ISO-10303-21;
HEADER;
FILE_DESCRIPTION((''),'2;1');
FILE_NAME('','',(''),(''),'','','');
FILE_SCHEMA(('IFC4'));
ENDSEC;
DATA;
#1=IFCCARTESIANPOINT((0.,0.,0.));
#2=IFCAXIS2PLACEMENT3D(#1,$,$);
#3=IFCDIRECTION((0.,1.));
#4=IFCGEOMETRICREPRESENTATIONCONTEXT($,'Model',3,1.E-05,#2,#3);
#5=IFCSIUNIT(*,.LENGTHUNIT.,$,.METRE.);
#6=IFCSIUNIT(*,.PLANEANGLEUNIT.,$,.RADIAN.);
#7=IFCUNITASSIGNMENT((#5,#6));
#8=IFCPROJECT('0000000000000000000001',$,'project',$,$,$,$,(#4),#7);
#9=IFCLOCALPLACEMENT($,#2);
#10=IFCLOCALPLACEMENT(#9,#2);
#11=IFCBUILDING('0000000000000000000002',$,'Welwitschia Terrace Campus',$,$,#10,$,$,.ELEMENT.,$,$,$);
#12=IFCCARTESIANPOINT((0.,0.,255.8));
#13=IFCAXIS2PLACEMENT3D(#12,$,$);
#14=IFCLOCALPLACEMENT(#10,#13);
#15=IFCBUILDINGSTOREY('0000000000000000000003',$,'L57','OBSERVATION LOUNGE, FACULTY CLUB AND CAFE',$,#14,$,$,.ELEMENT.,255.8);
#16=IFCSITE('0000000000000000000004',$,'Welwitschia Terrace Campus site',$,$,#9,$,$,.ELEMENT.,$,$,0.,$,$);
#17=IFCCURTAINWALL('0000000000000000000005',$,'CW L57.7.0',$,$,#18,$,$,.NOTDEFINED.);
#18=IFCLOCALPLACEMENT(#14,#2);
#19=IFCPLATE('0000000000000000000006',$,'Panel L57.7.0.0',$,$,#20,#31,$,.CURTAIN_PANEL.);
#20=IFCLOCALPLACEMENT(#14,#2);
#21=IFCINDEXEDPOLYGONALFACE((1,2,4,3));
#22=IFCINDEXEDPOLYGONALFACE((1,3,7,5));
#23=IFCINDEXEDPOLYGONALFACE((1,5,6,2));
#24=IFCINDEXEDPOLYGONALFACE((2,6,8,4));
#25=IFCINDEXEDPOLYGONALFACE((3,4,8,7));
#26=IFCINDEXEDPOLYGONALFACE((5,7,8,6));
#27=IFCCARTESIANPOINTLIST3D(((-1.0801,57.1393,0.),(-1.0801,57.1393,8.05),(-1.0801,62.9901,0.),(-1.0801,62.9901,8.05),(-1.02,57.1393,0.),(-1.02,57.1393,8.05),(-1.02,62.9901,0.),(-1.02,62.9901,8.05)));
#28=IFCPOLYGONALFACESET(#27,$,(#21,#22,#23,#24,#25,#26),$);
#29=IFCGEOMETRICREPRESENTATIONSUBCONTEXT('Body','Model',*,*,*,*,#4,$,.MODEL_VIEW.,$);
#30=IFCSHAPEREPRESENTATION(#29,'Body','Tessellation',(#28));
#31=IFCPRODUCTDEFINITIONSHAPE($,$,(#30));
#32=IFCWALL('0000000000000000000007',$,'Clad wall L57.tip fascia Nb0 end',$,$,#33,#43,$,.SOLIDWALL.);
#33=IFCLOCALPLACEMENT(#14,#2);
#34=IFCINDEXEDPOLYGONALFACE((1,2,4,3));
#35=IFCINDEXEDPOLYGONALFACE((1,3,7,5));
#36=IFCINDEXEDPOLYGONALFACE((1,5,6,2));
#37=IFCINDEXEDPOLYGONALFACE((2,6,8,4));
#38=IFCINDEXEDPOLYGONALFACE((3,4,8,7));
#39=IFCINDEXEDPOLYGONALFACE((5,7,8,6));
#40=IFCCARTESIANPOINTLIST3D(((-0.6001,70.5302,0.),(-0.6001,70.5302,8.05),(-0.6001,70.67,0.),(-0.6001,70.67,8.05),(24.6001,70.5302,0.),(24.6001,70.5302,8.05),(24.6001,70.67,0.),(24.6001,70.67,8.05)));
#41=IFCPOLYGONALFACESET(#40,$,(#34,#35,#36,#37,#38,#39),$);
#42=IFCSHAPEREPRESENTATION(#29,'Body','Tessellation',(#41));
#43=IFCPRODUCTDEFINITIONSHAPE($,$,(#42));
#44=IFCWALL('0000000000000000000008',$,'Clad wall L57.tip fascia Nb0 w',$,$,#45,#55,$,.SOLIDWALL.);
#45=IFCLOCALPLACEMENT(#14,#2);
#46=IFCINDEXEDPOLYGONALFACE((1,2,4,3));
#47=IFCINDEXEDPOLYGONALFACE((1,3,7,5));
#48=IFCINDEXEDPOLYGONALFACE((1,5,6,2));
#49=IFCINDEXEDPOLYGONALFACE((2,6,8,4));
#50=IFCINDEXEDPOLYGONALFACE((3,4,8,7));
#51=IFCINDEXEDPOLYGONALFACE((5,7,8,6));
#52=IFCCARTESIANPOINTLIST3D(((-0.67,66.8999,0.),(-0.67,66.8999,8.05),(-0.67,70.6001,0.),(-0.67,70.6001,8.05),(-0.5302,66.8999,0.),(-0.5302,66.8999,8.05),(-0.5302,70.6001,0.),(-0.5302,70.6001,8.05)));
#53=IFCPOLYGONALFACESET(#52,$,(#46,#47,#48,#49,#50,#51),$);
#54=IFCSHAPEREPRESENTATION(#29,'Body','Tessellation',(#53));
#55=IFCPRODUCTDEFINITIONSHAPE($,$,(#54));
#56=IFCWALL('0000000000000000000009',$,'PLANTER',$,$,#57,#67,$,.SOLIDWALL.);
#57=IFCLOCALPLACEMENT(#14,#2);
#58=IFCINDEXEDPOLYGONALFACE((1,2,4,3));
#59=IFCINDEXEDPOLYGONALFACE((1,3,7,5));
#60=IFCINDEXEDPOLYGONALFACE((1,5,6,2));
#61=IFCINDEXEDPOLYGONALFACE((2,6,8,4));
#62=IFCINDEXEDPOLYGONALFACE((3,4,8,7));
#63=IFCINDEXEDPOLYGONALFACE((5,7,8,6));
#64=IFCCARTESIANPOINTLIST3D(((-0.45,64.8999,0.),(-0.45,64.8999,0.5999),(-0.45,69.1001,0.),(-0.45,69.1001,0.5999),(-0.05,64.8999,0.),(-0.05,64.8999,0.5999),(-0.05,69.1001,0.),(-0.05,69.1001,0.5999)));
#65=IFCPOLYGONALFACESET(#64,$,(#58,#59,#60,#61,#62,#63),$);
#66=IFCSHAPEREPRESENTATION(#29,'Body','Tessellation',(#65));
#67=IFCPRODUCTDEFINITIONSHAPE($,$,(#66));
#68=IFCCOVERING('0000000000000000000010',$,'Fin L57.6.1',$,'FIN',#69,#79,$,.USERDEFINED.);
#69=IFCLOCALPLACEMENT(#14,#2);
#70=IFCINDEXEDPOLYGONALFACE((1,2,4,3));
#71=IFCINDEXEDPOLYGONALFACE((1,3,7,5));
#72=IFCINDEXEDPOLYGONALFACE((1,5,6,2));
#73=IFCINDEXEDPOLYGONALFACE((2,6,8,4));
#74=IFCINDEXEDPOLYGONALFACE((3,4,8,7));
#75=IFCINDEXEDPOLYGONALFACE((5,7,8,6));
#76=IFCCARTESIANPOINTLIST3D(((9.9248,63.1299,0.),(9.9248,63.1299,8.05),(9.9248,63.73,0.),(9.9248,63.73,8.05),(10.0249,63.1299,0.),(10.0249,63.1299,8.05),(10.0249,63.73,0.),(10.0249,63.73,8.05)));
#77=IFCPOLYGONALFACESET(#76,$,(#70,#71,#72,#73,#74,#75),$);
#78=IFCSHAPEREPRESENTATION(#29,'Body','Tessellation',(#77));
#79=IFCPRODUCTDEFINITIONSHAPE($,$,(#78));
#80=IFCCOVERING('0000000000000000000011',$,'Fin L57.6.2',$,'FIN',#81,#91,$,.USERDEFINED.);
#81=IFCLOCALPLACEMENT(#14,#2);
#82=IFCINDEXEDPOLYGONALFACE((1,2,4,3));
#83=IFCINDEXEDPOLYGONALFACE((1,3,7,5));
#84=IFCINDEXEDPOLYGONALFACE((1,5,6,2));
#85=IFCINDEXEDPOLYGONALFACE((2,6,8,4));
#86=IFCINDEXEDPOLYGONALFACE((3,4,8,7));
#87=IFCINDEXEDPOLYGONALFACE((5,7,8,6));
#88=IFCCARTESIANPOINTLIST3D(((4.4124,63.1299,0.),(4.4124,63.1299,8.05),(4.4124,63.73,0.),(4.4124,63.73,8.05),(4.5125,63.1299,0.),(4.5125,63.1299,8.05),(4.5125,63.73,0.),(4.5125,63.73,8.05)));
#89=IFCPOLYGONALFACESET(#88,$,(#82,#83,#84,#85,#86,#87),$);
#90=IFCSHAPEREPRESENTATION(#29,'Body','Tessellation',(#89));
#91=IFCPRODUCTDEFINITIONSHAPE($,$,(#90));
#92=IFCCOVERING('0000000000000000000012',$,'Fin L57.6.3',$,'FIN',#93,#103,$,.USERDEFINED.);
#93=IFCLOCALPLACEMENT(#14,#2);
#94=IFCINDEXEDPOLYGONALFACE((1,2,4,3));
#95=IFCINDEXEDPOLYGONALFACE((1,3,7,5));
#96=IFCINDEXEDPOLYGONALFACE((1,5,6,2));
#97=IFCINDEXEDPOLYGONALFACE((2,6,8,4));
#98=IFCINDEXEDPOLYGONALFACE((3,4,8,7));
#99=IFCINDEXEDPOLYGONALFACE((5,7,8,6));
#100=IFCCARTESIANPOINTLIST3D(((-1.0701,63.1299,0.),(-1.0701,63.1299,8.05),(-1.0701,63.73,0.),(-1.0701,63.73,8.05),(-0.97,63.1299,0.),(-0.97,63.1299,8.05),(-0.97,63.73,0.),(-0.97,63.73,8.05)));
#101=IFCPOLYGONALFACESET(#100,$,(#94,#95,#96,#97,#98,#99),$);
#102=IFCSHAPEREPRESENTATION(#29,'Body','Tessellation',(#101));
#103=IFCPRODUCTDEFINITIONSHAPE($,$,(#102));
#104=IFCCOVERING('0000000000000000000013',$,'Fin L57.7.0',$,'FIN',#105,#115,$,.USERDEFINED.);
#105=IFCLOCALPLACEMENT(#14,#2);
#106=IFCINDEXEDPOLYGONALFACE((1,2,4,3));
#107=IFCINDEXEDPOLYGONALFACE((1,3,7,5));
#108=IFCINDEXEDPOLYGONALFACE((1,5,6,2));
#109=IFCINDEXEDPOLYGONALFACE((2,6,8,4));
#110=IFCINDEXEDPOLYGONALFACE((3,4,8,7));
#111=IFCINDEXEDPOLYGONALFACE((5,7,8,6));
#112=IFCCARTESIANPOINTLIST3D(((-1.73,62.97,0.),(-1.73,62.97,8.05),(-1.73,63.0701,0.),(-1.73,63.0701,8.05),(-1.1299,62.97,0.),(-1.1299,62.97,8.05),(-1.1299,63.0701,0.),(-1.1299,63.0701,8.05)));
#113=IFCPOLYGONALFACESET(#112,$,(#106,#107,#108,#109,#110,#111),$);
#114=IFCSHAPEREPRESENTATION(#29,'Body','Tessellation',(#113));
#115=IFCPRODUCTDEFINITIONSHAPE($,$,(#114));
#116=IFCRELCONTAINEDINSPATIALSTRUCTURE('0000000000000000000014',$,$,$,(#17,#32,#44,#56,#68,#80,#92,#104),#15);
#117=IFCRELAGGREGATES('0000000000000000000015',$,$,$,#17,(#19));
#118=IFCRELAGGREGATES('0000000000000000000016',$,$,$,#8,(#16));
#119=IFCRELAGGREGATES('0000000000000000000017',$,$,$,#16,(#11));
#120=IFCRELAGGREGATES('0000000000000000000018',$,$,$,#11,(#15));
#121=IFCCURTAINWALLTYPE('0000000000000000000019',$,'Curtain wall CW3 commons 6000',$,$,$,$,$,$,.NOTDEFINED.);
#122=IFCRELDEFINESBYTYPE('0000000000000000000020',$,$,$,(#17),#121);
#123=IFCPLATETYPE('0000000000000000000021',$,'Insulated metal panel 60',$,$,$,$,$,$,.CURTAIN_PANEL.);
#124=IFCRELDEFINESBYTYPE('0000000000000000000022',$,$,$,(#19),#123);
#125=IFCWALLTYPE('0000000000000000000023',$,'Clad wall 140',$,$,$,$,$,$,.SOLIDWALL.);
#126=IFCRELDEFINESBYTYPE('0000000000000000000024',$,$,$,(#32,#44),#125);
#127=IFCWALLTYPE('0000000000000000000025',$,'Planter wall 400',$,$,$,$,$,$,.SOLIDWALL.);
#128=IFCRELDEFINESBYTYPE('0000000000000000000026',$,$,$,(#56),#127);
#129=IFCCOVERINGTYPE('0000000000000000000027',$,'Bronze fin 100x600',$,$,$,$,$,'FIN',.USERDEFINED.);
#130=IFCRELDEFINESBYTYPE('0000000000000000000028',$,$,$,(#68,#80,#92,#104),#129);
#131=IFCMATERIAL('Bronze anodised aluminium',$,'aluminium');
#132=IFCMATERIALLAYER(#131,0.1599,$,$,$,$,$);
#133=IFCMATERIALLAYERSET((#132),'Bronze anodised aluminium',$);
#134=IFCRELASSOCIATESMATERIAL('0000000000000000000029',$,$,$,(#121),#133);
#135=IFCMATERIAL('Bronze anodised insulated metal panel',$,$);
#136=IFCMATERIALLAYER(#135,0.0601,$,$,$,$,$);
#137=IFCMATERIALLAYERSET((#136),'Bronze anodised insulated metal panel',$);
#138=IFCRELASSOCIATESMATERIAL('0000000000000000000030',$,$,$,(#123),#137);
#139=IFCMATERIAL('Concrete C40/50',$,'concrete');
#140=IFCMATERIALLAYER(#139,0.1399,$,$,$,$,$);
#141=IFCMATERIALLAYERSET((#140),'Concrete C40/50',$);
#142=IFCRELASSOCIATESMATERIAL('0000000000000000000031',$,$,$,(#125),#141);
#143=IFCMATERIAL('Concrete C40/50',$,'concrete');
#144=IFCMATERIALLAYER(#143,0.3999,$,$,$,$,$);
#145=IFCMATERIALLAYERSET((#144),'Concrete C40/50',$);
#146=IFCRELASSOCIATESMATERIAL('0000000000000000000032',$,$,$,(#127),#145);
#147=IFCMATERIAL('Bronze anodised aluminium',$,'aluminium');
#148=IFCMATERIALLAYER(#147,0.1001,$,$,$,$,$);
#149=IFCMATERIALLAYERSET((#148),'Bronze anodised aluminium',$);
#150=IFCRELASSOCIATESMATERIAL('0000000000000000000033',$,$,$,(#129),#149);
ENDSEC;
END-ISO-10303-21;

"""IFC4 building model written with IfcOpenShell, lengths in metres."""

from ifc_helpers import new_model, si_unit, direction, frame, frame_2d, origin, origin_2d, place, context, subcontext, project, spatial, rectangle, extrude, material, layer, layer_set, type_object, element, aggregate, save


model = new_model("IFC4")

# Units and contexts
model_context = context("Model", 3, precision=1e-05, world=origin(), true_north=direction((0.0, 1.0)))
body_context = subcontext(model_context, "Body", "Model", "MODEL_VIEW")
ifc_project = project(units=[si_unit("LENGTHUNIT", "METRE"), si_unit("PLANEANGLEUNIT", "RADIAN")], contexts=[model_context])

# Site, building, storey
site_placement = place(None, origin())
site = spatial("IfcSite", under=ifc_project, at=site_placement, Name="Welwitschia Terrace Campus site", CompositionType="ELEMENT", RefElevation=0.0)
building_placement = place(site_placement, origin())
building = spatial("IfcBuilding", under=site, at=building_placement, Name="Welwitschia Terrace Campus", CompositionType="ELEMENT")
storey_placement = place(building_placement, frame((0.0, 0.0, 255.8)))
storey = spatial("IfcBuildingStorey", under=building, at=storey_placement, Name="L57", Description="OBSERVATION LOUNGE, FACULTY CLUB AND CAFE", CompositionType="ELEMENT", Elevation=255.8)

# Shared definitions
ifc_material_1 = material(Name="Bronze anodised aluminium", Category="aluminium")
ifc_layer_1 = layer(ifc_material_1, 0.1599)
ifc_layer_set_1 = layer_set([ifc_layer_1], Name="Bronze anodised aluminium")
curtain_wall_type = type_object("IfcCurtainWallType", Name="Curtain wall CW3 commons 6000", PredefinedType="NOTDEFINED", material=ifc_layer_set_1)

# Curtain wall
curtain_wall_1_placement = place(storey_placement, origin())
curtain_wall_1 = element("IfcCurtainWall", 1, at=curtain_wall_1_placement, inside=storey, type_object=curtain_wall_type, Name="CW L57.7.0", PredefinedType="NOTDEFINED")

# Plate
ifc_material_2 = material(Name="Bronze anodised insulated metal panel")
ifc_layer_2 = layer(ifc_material_2, 0.0601)
ifc_layer_set_2 = layer_set([ifc_layer_2], Name="Bronze anodised insulated metal panel")
plate_type_1 = type_object("IfcPlateType", Name="Insulated metal panel 60", PredefinedType="CURTAIN_PANEL", material=ifc_layer_set_2)
plate_1_placement = place(storey_placement, frame((-1.05, 60.0647, 0.0), z_axis=(0.0, 0.0, 1.0), x_axis=(0.0, -1.0, 0.0)))
plate_1 = element("IfcPlate", 2, at=plate_1_placement, type_object=plate_type_1, Name="Panel L57.7.0.0", PredefinedType="CURTAIN_PANEL", context=body_context, shape_type="SweptSolid", body=[
    extrude(rectangle(XDim=5.8508, YDim=0.0601, at=origin_2d()), origin(), (0.0, 0.0, 1.0), 8.05),
])
aggregate(curtain_wall_1, [plate_1])

# Walls
ifc_material_3 = material(Name="Concrete C40/50", Category="concrete")
ifc_layer_3 = layer(ifc_material_3, 0.1399)
ifc_layer_set_3 = layer_set([ifc_layer_3], Name="Concrete C40/50")
wall_type_1 = type_object("IfcWallType", Name="Clad wall 140", PredefinedType="SOLIDWALL", material=ifc_layer_set_3)
wall_1_placement = place(storey_placement, frame((-0.6001, 70.6001, 0.0), z_axis=(0.0, 0.0, 1.0), x_axis=(1.0, 0.0, 0.0)))
element("IfcWall", 3, at=wall_1_placement, inside=storey, type_object=wall_type_1, Name="Clad wall L57.tip fascia Nb0 end", PredefinedType="SOLIDWALL", context=body_context, shape_type="SweptSolid", body=[
    extrude(rectangle(XDim=25.2002, YDim=0.1399, at=frame_2d((12.6001, 0.0))), origin(), (0.0, 0.0, 1.0), 8.05),
])
wall_2_placement = place(storey_placement, frame((-0.6001, 66.8999, 0.0), z_axis=(0.0, 0.0, 1.0), x_axis=(0.0, 1.0, 0.0)))
element("IfcWall", 4, at=wall_2_placement, inside=storey, type_object=wall_type_1, Name="Clad wall L57.tip fascia Nb0 w", PredefinedType="SOLIDWALL", context=body_context, shape_type="SweptSolid", body=[
    extrude(rectangle(XDim=3.7002, YDim=0.1399, at=frame_2d((1.8501, 0.0))), origin(), (0.0, 0.0, 1.0), 8.05),
])
ifc_material_4 = material(Name="Concrete C40/50", Category="concrete")
ifc_layer_4 = layer(ifc_material_4, 0.3999)
ifc_layer_set_4 = layer_set([ifc_layer_4], Name="Concrete C40/50")
wall_type_2 = type_object("IfcWallType", Name="Planter wall 400", PredefinedType="SOLIDWALL", material=ifc_layer_set_4)
wall_3_placement = place(storey_placement, frame((-0.25, 64.8999, 0.0), z_axis=(0.0, 0.0, 1.0), x_axis=(0.0, 1.0, 0.0)))
element("IfcWall", 5, at=wall_3_placement, inside=storey, type_object=wall_type_2, Name="PLANTER", PredefinedType="SOLIDWALL", context=body_context, shape_type="SweptSolid", body=[
    extrude(rectangle(XDim=4.2002, YDim=0.3999, at=frame_2d((2.1001, 0.0))), origin(), (0.0, 0.0, 1.0), 0.5999),
])

# Coverings
ifc_material_5 = material(Name="Bronze anodised aluminium", Category="aluminium")
ifc_layer_5 = layer(ifc_material_5, 0.1001)
ifc_layer_set_5 = layer_set([ifc_layer_5], Name="Bronze anodised aluminium")
covering_type = type_object("IfcCoveringType", Name="Bronze fin 100x600", ElementType="FIN", PredefinedType="USERDEFINED", material=ifc_layer_set_5)
for number, where, z_axis, x_axis, name in (
    (6, (9.9749, 63.4299, 0.0), (0.0, 0.0, 1.0), (-1.0, 0.0, 0.0), "Fin L57.6.1"),
    (7, (4.4624, 63.4299, 0.0), (0.0, 0.0, 1.0), (-1.0, 0.0, 0.0), "Fin L57.6.2"),
    (8, (-1.02, 63.4299, 0.0), (0.0, 0.0, 1.0), (-1.0, 0.0, 0.0), "Fin L57.6.3"),
    (9, (-1.4299, 63.02, 0.0), (0.0, 0.0, 1.0), (0.0, -1.0, 0.0), "Fin L57.7.0"),
):
    element("IfcCovering", number, at=place(storey_placement, frame(where, z_axis=z_axis, x_axis=x_axis)), inside=storey, type_object=covering_type, Name=name, ObjectType="FIN", PredefinedType="USERDEFINED", context=body_context, shape_type="SweptSolid", body=[
        extrude(rectangle(XDim=0.1001, YDim=0.6001, at=origin_2d()), origin(), (0.0, 0.0, 1.0), 8.05),
    ])

save(model, "model.ifc")
